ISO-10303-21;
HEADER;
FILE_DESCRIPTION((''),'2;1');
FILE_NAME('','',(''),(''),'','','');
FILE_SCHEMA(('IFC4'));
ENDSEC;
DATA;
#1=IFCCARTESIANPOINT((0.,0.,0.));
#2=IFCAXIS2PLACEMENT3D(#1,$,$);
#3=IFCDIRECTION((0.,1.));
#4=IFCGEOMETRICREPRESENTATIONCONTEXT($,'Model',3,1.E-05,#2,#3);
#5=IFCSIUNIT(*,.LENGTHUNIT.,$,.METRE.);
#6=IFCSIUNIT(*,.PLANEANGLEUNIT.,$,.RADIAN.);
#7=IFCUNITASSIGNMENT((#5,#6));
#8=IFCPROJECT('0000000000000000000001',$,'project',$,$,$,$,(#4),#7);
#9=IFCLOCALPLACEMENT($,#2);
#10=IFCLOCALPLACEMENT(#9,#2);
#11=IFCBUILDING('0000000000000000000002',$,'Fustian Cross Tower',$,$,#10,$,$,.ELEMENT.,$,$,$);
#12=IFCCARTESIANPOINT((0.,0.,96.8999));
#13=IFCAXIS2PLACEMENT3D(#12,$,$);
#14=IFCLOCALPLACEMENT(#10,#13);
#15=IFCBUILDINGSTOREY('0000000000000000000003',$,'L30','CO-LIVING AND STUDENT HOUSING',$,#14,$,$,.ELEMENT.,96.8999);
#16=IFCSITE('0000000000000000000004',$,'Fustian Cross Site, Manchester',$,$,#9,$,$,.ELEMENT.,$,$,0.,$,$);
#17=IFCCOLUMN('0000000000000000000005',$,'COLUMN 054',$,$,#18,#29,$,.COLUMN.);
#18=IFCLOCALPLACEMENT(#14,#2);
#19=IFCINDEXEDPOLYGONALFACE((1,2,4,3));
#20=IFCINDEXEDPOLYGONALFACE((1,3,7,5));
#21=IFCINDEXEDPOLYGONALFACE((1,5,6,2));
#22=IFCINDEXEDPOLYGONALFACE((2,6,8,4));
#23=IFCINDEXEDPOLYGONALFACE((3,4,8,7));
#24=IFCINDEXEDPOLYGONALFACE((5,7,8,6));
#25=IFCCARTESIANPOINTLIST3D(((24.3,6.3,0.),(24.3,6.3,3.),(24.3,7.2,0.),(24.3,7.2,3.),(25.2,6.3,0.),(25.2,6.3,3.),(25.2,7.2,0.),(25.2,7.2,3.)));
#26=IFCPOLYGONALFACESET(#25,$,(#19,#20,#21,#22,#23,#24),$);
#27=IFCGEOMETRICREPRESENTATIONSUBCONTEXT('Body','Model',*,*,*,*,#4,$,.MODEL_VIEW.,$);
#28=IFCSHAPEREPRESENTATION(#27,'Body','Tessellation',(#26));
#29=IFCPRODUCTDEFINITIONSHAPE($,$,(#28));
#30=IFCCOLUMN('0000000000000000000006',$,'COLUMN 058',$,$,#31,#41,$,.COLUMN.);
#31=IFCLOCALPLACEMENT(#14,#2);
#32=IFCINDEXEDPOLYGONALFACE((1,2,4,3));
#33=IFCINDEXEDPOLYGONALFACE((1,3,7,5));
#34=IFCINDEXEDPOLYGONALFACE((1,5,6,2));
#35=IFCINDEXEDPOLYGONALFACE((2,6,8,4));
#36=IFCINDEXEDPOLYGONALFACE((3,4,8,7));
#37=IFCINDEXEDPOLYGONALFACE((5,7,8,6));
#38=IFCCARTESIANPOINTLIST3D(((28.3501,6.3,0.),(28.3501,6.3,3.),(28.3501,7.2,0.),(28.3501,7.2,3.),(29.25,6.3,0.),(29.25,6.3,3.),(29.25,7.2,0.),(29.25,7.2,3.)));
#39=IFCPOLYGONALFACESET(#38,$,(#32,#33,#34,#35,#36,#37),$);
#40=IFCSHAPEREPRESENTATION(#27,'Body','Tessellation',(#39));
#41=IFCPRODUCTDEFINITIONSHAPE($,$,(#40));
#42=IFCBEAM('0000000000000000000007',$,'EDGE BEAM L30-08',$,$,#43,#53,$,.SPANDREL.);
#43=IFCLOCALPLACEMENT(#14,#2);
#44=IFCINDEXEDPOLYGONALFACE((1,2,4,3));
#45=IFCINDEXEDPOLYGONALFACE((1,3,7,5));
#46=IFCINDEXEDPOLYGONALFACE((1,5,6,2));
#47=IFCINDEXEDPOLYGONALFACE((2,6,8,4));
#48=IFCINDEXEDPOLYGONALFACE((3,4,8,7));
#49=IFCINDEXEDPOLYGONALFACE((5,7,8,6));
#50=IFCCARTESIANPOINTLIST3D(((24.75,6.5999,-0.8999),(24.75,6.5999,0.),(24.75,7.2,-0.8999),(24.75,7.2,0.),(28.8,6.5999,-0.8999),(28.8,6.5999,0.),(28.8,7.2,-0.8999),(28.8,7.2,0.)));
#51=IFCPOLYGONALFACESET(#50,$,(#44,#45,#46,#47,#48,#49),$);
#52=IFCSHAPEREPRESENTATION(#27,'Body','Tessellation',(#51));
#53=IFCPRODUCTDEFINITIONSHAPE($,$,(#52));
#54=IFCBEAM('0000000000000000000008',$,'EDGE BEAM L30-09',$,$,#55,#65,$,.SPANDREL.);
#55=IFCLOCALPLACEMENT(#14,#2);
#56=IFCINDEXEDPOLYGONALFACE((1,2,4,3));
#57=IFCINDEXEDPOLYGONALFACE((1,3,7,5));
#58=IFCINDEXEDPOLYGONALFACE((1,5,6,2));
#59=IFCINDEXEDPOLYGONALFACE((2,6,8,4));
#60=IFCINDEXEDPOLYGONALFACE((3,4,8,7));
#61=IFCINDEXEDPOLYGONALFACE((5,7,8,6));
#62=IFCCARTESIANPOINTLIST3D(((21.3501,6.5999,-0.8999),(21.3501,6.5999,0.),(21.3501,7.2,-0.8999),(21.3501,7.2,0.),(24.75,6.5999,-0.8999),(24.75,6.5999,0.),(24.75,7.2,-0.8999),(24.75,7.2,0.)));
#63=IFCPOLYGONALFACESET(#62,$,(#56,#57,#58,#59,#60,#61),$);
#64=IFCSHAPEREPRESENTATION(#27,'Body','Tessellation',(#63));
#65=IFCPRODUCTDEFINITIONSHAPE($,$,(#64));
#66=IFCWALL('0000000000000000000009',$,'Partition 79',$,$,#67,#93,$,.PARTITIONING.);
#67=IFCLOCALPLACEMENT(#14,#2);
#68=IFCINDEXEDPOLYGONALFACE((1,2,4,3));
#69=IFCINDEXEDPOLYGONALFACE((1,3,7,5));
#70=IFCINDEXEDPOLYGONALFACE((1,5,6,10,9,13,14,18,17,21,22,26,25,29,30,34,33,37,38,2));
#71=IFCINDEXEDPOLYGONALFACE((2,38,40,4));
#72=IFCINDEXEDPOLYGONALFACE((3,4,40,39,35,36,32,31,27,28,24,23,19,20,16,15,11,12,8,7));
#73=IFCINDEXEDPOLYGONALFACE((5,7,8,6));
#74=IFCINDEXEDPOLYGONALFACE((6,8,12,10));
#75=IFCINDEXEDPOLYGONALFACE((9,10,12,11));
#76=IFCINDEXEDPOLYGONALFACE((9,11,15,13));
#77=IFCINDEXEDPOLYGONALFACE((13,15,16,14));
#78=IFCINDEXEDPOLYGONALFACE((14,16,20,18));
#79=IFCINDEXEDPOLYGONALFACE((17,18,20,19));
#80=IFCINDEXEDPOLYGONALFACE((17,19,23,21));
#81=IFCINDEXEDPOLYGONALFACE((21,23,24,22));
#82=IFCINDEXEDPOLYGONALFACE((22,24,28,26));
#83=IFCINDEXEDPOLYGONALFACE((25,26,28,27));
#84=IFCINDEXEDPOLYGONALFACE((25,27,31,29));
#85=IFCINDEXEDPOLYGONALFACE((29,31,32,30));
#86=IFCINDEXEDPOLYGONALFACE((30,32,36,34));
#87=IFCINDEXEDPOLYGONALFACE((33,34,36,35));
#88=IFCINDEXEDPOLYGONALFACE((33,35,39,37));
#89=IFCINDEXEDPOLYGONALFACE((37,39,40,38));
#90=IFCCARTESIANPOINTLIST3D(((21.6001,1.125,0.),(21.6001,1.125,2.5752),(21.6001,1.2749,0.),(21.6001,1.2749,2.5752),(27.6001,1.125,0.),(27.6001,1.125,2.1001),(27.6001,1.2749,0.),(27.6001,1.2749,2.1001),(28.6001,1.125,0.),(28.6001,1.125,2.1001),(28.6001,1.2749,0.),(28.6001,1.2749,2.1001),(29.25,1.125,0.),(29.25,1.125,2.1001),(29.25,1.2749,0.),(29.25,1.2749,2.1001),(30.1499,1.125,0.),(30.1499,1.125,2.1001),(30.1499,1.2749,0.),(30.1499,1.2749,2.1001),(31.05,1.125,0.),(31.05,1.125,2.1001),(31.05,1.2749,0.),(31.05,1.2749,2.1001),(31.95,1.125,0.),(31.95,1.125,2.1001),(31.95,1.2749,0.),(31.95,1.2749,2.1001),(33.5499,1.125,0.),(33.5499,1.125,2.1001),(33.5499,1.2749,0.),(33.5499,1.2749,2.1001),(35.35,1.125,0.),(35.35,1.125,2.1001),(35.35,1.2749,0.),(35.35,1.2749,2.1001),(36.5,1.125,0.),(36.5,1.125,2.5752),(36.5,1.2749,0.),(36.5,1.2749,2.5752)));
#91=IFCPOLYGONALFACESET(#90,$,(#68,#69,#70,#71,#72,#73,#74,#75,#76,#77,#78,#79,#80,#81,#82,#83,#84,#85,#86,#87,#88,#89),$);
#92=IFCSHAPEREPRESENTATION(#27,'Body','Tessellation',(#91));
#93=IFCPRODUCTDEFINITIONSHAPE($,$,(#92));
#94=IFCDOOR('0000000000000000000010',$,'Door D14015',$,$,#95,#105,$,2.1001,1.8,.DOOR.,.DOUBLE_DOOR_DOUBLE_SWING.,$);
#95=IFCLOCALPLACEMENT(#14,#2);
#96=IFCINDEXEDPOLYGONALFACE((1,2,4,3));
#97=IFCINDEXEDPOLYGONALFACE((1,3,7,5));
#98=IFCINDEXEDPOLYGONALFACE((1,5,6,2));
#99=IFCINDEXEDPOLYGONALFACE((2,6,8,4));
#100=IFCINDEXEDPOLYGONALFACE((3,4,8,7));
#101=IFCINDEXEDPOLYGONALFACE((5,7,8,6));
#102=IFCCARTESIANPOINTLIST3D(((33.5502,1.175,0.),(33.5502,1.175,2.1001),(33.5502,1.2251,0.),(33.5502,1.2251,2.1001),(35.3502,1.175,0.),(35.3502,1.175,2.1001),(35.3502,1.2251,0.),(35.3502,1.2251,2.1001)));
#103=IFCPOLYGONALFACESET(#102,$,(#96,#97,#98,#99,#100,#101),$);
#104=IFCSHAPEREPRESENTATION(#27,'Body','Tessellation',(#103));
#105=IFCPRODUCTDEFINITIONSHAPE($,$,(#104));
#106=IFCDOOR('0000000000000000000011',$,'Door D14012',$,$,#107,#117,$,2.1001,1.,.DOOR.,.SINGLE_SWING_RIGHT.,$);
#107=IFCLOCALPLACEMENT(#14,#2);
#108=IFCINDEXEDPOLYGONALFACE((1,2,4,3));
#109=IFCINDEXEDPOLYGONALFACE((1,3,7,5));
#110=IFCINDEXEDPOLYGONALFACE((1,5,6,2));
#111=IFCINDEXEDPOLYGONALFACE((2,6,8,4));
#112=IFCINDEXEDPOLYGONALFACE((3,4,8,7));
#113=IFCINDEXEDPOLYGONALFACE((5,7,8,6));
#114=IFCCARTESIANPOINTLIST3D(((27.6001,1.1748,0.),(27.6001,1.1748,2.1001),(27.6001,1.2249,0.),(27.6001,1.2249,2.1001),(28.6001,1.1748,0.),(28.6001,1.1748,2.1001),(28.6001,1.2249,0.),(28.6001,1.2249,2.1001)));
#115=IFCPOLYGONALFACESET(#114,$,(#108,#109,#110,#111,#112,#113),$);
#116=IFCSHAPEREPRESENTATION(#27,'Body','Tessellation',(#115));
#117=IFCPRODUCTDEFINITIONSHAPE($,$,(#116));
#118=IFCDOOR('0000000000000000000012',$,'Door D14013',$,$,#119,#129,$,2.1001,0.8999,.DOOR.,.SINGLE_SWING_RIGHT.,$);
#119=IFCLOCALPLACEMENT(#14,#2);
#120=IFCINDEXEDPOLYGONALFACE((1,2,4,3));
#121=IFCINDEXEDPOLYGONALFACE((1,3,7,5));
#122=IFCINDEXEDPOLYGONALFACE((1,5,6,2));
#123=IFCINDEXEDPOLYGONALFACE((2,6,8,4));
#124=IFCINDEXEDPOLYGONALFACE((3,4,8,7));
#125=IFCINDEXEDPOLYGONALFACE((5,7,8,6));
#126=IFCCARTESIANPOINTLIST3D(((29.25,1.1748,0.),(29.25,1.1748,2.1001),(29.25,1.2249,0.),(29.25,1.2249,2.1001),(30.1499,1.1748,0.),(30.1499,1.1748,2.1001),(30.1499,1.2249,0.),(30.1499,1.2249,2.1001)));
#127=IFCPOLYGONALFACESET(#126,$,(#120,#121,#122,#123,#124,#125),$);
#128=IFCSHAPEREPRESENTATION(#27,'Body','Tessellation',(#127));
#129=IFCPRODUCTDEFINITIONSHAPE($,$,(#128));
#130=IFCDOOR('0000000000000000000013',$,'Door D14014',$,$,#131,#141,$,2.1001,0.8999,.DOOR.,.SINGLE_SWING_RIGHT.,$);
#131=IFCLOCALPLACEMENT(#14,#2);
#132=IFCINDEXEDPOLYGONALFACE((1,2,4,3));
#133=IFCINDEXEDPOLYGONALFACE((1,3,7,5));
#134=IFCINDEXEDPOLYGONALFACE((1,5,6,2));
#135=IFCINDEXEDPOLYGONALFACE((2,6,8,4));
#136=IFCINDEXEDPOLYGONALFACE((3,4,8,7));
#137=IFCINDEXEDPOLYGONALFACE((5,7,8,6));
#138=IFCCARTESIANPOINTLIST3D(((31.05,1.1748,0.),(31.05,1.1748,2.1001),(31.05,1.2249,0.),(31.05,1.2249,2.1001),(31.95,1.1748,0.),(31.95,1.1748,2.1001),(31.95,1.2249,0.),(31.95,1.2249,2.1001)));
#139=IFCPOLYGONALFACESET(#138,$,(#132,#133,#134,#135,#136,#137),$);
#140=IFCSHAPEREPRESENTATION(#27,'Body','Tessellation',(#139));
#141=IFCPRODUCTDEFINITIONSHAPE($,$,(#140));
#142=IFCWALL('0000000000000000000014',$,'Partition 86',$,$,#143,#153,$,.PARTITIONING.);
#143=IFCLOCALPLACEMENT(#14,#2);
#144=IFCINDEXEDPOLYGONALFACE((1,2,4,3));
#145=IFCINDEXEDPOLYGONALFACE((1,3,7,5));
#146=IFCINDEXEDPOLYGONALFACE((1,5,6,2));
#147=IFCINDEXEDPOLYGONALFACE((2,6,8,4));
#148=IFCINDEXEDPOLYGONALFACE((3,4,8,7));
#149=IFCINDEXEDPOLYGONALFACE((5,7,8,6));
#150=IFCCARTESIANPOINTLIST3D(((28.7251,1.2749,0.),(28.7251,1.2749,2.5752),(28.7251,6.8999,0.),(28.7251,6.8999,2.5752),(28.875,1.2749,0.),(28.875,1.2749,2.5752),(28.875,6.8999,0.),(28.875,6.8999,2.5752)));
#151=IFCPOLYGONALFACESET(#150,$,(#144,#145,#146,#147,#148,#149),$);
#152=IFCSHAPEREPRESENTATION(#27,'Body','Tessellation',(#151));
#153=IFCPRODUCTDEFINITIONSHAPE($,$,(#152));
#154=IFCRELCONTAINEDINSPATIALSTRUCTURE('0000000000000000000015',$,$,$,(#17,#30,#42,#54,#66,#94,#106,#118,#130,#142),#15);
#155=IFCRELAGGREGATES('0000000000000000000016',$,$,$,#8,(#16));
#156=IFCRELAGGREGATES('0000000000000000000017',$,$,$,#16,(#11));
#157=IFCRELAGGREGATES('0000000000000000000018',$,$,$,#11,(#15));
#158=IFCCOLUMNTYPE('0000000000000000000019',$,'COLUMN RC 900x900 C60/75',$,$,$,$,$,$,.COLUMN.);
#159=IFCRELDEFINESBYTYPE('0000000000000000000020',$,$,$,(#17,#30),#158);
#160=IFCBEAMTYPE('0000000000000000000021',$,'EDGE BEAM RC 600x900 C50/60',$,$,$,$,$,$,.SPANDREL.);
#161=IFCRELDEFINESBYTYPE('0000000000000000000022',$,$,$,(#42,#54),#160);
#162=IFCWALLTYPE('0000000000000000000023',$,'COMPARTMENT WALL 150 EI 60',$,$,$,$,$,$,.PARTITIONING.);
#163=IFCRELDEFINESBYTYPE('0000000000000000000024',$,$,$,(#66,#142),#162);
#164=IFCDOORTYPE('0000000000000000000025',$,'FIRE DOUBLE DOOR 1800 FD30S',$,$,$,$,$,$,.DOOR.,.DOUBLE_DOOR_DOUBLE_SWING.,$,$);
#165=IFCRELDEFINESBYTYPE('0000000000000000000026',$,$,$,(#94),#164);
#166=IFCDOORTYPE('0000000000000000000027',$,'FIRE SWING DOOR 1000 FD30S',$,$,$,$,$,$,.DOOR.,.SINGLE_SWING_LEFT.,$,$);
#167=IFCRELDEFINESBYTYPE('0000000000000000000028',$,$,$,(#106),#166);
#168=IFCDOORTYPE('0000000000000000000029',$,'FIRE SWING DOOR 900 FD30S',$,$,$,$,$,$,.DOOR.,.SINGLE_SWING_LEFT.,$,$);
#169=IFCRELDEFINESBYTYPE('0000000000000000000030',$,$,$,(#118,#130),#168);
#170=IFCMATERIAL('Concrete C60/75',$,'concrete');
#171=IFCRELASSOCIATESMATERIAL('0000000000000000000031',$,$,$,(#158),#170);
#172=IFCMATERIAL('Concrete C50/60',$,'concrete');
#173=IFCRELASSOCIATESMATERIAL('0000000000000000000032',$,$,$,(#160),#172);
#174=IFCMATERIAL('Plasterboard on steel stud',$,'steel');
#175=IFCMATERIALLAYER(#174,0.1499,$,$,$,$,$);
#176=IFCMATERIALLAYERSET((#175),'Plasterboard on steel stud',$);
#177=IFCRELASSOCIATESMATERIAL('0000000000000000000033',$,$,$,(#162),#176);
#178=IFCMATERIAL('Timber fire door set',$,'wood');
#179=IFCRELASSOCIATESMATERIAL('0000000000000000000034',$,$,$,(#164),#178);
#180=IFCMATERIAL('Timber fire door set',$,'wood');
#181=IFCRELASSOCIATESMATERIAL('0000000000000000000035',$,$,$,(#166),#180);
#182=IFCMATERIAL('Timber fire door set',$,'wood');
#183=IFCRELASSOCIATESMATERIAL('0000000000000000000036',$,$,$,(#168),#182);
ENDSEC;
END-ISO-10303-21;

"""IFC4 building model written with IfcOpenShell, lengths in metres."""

from ifc_helpers import new_model, si_unit, direction, frame, frame_2d, origin, origin_2d, place, context, subcontext, project, spatial, rectangle, extrude, material, layer, layer_set, material_profile, profile_set, type_object, element, fill, save


model = new_model("IFC4")

# Units and contexts
model_context = context("Model", 3, precision=1e-05, world=origin(), true_north=direction((0.0, 1.0)))
body_context = subcontext(model_context, "Body", "Model", "MODEL_VIEW")
ifc_project = project(units=[si_unit("LENGTHUNIT", "METRE"), si_unit("PLANEANGLEUNIT", "RADIAN")], contexts=[model_context])

# Site, building, storey
site_placement = place(None, origin())
site = spatial("IfcSite", under=ifc_project, at=site_placement, Name="Fustian Cross Site, Manchester", CompositionType="ELEMENT", RefElevation=0.0)
building_placement = place(site_placement, origin())
building = spatial("IfcBuilding", under=site, at=building_placement, Name="Fustian Cross Tower", CompositionType="ELEMENT")
storey_placement = place(building_placement, frame((0.0, 0.0, 96.8999)))
storey = spatial("IfcBuildingStorey", under=building, at=storey_placement, Name="L30", Description="CO-LIVING AND STUDENT HOUSING", CompositionType="ELEMENT", Elevation=96.8999)

# Columns
ifc_material_1 = material(Name="Concrete C60/75", Category="concrete")
ifc_material_profile_1 = material_profile(ifc_material_1, rectangle(XDim=0.8999, YDim=0.8999, at=origin_2d()), Name="RC 900x900")
ifc_profile_set_1 = profile_set([ifc_material_profile_1], Name="Concrete C60/75")
column_type = type_object("IfcColumnType", Name="COLUMN RC 900x900 C60/75", PredefinedType="COLUMN", material=ifc_profile_set_1)
for number, where, z_axis, x_axis, name in (
    (1, (24.75, 6.75, 0.0), (0.0, 0.0, 1.0), (1.0, 0.0, 0.0), "COLUMN 054"),
    (2, (28.8, 6.75, 0.0), (0.0, 0.0, 1.0), (1.0, 0.0, 0.0), "COLUMN 058"),
):
    element("IfcColumn", number, at=place(storey_placement, frame(where, z_axis=z_axis, x_axis=x_axis)), inside=storey, type_object=column_type, Name=name, PredefinedType="COLUMN", context=body_context, shape_type="SweptSolid", body=[
        extrude(rectangle(XDim=0.8999, YDim=0.8999, at=origin_2d()), origin(), (0.0, 0.0, 1.0), 3.0),
    ])

# Beams
ifc_material_2 = material(Name="Concrete C50/60", Category="concrete")
ifc_material_profile_2 = material_profile(ifc_material_2, rectangle(XDim=0.6001, YDim=0.8999, at=origin_2d()), Name="RC 600x900")
ifc_profile_set_2 = profile_set([ifc_material_profile_2], Name="Concrete C50/60")
beam_type = type_object("IfcBeamType", Name="EDGE BEAM RC 600x900 C50/60", PredefinedType="SPANDREL", material=ifc_profile_set_2)
beam_1_placement = place(storey_placement, frame((28.8, 6.8999, -0.45), z_axis=(-1.0, 0.0, 0.0), x_axis=(0.0, -1.0, 0.0)))
element("IfcBeam", 3, at=beam_1_placement, inside=storey, type_object=beam_type, Name="EDGE BEAM L30-08", PredefinedType="SPANDREL", context=body_context, shape_type="SweptSolid", body=[
    extrude(rectangle(XDim=0.6001, YDim=0.8999, at=origin_2d()), origin(), (0.0, 0.0, 1.0), 4.05),
])
beam_2_placement = place(storey_placement, frame((24.75, 6.8999, -0.45), z_axis=(-1.0, 0.0, 0.0), x_axis=(0.0, -1.0, 0.0)))
element("IfcBeam", 4, at=beam_2_placement, inside=storey, type_object=beam_type, Name="EDGE BEAM L30-09", PredefinedType="SPANDREL", context=body_context, shape_type="SweptSolid", body=[
    extrude(rectangle(XDim=0.6001, YDim=0.8999, at=origin_2d()), origin(), (0.0, 0.0, 1.0), 3.3999),
])

# Wall, openings, doors
ifc_material_3 = material(Name="Plasterboard on steel stud", Category="steel")
ifc_layer_1 = layer(ifc_material_3, 0.1499)
ifc_layer_set_1 = layer_set([ifc_layer_1], Name="Plasterboard on steel stud")
wall_type_1 = type_object("IfcWallType", Name="COMPARTMENT WALL 150 EI 60", PredefinedType="PARTITIONING", material=ifc_layer_set_1)
wall_1_placement = place(storey_placement, frame((21.6001, 1.2, 0.0), z_axis=(0.0, 0.0, 1.0), x_axis=(1.0, 0.0, 0.0)))
wall_1 = element("IfcWall", 5, at=wall_1_placement, inside=storey, type_object=wall_type_1, Name="Partition 79", PredefinedType="PARTITIONING", context=body_context, shape_type="SweptSolid", body=[
    extrude(rectangle(XDim=14.8999, YDim=0.1499, at=frame_2d((7.45, 0.0))), origin(), (0.0, 0.0, 1.0), 2.5752),
])
opening_1_placement = place(wall_1_placement, frame((6.0, 0.0, 0.0)))
opening_1 = element("IfcOpeningElement", 6, at=opening_1_placement, cuts=wall_1, PredefinedType="OPENING", context=body_context, shape_type="SweptSolid", body=[
    extrude(rectangle(XDim=1.0, YDim=2.1001, at=frame_2d((0.5, 1.05))), frame((0.0, 0.085, 0.0), z_axis=(0.0, -1.0, 0.0), x_axis=(1.0, 0.0, 0.0)), (0.0, 0.0, 1.0), 0.1699),
])
opening_2_placement = place(wall_1_placement, frame((7.6499, 0.0, 0.0)))
opening_2 = element("IfcOpeningElement", 7, at=opening_2_placement, cuts=wall_1, PredefinedType="OPENING", context=body_context, shape_type="SweptSolid", body=[
    extrude(rectangle(XDim=0.8999, YDim=2.1001, at=frame_2d((0.45, 1.05))), frame((0.0, 0.085, 0.0), z_axis=(0.0, -1.0, 0.0), x_axis=(1.0, 0.0, 0.0)), (0.0, 0.0, 1.0), 0.1699),
])
opening_3_placement = place(wall_1_placement, frame((9.45, 0.0, 0.0)))
opening_3 = element("IfcOpeningElement", 8, at=opening_3_placement, cuts=wall_1, PredefinedType="OPENING", context=body_context, shape_type="SweptSolid", body=[
    extrude(rectangle(XDim=0.8999, YDim=2.1001, at=frame_2d((0.45, 1.05))), frame((0.0, 0.085, 0.0), z_axis=(0.0, -1.0, 0.0), x_axis=(1.0, 0.0, 0.0)), (0.0, 0.0, 1.0), 0.1699),
])
opening_4_placement = place(wall_1_placement, frame((11.95, 0.0, 0.0)))
opening_4 = element("IfcOpeningElement", 9, at=opening_4_placement, cuts=wall_1, PredefinedType="OPENING", context=body_context, shape_type="SweptSolid", body=[
    extrude(rectangle(XDim=1.8, YDim=2.1001, at=frame_2d((0.8999, 1.05))), frame((0.0, 0.085, 0.0), z_axis=(0.0, -1.0, 0.0), x_axis=(1.0, 0.0, 0.0)), (0.0, 0.0, 1.0), 0.1699),
])
ifc_material_4 = material(Name="Timber fire door set", Category="wood")
door_type_1 = type_object("IfcDoorType", Name="FIRE DOUBLE DOOR 1800 FD30S", OperationType="DOUBLE_DOOR_DOUBLE_SWING", PredefinedType="DOOR", material=ifc_material_4)
door_1_placement = place(opening_4_placement, frame((1.8, 0.0, 0.0), z_axis=(0.0, 0.0, 1.0), x_axis=(-1.0, 0.0, 0.0)))
door_1 = element("IfcDoor", 10, at=door_1_placement, inside=storey, type_object=door_type_1, Name="Door D14015", OperationType="DOUBLE_DOOR_DOUBLE_SWING", OverallHeight=2.1001, OverallWidth=1.8, PredefinedType="DOOR", context=body_context, shape_type="SweptSolid", body=[
    extrude(rectangle(XDim=1.8, YDim=2.1001, at=frame_2d((0.8999, 1.05))), frame((0.0, 0.0249, 0.0), z_axis=(0.0, -1.0, 0.0), x_axis=(1.0, 0.0, 0.0)), (0.0, 0.0, 1.0), 0.05),
])
fill(opening_4, door_1)
ifc_material_5 = material(Name="Timber fire door set", Category="wood")
door_type_2 = type_object("IfcDoorType", Name="FIRE SWING DOOR 1000 FD30S", OperationType="SINGLE_SWING_LEFT", PredefinedType="DOOR", material=ifc_material_5)
door_2_placement = place(opening_1_placement, origin())
door_2 = element("IfcDoor", 11, at=door_2_placement, inside=storey, type_object=door_type_2, Name="Door D14012", OperationType="SINGLE_SWING_RIGHT", OverallHeight=2.1001, OverallWidth=1.0, PredefinedType="DOOR", context=body_context, shape_type="SweptSolid", body=[
    extrude(rectangle(XDim=1.0, YDim=2.1001, at=frame_2d((0.5, 1.05))), frame((0.0, 0.0249, 0.0), z_axis=(0.0, -1.0, 0.0), x_axis=(1.0, 0.0, 0.0)), (0.0, 0.0, 1.0), 0.05),
])
fill(opening_1, door_2)
ifc_material_6 = material(Name="Timber fire door set", Category="wood")
door_type_3 = type_object("IfcDoorType", Name="FIRE SWING DOOR 900 FD30S", OperationType="SINGLE_SWING_LEFT", PredefinedType="DOOR", material=ifc_material_6)
door_3_placement = place(opening_2_placement, origin())
door_3 = element("IfcDoor", 12, at=door_3_placement, inside=storey, type_object=door_type_3, Name="Door D14013", OperationType="SINGLE_SWING_RIGHT", OverallHeight=2.1001, OverallWidth=0.8999, PredefinedType="DOOR", context=body_context, shape_type="SweptSolid", body=[
    extrude(rectangle(XDim=0.8999, YDim=2.1001, at=frame_2d((0.45, 1.05))), frame((0.0, 0.0249, 0.0), z_axis=(0.0, -1.0, 0.0), x_axis=(1.0, 0.0, 0.0)), (0.0, 0.0, 1.0), 0.05),
])
fill(opening_2, door_3)
door_4_placement = place(opening_3_placement, origin())
door_4 = element("IfcDoor", 13, at=door_4_placement, inside=storey, type_object=door_type_3, Name="Door D14014", OperationType="SINGLE_SWING_RIGHT", OverallHeight=2.1001, OverallWidth=0.8999, PredefinedType="DOOR", context=body_context, shape_type="SweptSolid", body=[
    extrude(rectangle(XDim=0.8999, YDim=2.1001, at=frame_2d((0.45, 1.05))), frame((0.0, 0.0249, 0.0), z_axis=(0.0, -1.0, 0.0), x_axis=(1.0, 0.0, 0.0)), (0.0, 0.0, 1.0), 0.05),
])
fill(opening_3, door_4)

# Wall
wall_2_placement = place(storey_placement, frame((28.8, 1.2749, 0.0), z_axis=(0.0, 0.0, 1.0), x_axis=(0.0, 1.0, 0.0)))
element("IfcWall", 14, at=wall_2_placement, inside=storey, type_object=wall_type_1, Name="Partition 86", PredefinedType="PARTITIONING", context=body_context, shape_type="SweptSolid", body=[
    extrude(rectangle(XDim=5.625, YDim=0.1499, at=frame_2d((2.8125, 0.0))), origin(), (0.0, 0.0, 1.0), 2.5752),
])

save(model, "model.ifc")
